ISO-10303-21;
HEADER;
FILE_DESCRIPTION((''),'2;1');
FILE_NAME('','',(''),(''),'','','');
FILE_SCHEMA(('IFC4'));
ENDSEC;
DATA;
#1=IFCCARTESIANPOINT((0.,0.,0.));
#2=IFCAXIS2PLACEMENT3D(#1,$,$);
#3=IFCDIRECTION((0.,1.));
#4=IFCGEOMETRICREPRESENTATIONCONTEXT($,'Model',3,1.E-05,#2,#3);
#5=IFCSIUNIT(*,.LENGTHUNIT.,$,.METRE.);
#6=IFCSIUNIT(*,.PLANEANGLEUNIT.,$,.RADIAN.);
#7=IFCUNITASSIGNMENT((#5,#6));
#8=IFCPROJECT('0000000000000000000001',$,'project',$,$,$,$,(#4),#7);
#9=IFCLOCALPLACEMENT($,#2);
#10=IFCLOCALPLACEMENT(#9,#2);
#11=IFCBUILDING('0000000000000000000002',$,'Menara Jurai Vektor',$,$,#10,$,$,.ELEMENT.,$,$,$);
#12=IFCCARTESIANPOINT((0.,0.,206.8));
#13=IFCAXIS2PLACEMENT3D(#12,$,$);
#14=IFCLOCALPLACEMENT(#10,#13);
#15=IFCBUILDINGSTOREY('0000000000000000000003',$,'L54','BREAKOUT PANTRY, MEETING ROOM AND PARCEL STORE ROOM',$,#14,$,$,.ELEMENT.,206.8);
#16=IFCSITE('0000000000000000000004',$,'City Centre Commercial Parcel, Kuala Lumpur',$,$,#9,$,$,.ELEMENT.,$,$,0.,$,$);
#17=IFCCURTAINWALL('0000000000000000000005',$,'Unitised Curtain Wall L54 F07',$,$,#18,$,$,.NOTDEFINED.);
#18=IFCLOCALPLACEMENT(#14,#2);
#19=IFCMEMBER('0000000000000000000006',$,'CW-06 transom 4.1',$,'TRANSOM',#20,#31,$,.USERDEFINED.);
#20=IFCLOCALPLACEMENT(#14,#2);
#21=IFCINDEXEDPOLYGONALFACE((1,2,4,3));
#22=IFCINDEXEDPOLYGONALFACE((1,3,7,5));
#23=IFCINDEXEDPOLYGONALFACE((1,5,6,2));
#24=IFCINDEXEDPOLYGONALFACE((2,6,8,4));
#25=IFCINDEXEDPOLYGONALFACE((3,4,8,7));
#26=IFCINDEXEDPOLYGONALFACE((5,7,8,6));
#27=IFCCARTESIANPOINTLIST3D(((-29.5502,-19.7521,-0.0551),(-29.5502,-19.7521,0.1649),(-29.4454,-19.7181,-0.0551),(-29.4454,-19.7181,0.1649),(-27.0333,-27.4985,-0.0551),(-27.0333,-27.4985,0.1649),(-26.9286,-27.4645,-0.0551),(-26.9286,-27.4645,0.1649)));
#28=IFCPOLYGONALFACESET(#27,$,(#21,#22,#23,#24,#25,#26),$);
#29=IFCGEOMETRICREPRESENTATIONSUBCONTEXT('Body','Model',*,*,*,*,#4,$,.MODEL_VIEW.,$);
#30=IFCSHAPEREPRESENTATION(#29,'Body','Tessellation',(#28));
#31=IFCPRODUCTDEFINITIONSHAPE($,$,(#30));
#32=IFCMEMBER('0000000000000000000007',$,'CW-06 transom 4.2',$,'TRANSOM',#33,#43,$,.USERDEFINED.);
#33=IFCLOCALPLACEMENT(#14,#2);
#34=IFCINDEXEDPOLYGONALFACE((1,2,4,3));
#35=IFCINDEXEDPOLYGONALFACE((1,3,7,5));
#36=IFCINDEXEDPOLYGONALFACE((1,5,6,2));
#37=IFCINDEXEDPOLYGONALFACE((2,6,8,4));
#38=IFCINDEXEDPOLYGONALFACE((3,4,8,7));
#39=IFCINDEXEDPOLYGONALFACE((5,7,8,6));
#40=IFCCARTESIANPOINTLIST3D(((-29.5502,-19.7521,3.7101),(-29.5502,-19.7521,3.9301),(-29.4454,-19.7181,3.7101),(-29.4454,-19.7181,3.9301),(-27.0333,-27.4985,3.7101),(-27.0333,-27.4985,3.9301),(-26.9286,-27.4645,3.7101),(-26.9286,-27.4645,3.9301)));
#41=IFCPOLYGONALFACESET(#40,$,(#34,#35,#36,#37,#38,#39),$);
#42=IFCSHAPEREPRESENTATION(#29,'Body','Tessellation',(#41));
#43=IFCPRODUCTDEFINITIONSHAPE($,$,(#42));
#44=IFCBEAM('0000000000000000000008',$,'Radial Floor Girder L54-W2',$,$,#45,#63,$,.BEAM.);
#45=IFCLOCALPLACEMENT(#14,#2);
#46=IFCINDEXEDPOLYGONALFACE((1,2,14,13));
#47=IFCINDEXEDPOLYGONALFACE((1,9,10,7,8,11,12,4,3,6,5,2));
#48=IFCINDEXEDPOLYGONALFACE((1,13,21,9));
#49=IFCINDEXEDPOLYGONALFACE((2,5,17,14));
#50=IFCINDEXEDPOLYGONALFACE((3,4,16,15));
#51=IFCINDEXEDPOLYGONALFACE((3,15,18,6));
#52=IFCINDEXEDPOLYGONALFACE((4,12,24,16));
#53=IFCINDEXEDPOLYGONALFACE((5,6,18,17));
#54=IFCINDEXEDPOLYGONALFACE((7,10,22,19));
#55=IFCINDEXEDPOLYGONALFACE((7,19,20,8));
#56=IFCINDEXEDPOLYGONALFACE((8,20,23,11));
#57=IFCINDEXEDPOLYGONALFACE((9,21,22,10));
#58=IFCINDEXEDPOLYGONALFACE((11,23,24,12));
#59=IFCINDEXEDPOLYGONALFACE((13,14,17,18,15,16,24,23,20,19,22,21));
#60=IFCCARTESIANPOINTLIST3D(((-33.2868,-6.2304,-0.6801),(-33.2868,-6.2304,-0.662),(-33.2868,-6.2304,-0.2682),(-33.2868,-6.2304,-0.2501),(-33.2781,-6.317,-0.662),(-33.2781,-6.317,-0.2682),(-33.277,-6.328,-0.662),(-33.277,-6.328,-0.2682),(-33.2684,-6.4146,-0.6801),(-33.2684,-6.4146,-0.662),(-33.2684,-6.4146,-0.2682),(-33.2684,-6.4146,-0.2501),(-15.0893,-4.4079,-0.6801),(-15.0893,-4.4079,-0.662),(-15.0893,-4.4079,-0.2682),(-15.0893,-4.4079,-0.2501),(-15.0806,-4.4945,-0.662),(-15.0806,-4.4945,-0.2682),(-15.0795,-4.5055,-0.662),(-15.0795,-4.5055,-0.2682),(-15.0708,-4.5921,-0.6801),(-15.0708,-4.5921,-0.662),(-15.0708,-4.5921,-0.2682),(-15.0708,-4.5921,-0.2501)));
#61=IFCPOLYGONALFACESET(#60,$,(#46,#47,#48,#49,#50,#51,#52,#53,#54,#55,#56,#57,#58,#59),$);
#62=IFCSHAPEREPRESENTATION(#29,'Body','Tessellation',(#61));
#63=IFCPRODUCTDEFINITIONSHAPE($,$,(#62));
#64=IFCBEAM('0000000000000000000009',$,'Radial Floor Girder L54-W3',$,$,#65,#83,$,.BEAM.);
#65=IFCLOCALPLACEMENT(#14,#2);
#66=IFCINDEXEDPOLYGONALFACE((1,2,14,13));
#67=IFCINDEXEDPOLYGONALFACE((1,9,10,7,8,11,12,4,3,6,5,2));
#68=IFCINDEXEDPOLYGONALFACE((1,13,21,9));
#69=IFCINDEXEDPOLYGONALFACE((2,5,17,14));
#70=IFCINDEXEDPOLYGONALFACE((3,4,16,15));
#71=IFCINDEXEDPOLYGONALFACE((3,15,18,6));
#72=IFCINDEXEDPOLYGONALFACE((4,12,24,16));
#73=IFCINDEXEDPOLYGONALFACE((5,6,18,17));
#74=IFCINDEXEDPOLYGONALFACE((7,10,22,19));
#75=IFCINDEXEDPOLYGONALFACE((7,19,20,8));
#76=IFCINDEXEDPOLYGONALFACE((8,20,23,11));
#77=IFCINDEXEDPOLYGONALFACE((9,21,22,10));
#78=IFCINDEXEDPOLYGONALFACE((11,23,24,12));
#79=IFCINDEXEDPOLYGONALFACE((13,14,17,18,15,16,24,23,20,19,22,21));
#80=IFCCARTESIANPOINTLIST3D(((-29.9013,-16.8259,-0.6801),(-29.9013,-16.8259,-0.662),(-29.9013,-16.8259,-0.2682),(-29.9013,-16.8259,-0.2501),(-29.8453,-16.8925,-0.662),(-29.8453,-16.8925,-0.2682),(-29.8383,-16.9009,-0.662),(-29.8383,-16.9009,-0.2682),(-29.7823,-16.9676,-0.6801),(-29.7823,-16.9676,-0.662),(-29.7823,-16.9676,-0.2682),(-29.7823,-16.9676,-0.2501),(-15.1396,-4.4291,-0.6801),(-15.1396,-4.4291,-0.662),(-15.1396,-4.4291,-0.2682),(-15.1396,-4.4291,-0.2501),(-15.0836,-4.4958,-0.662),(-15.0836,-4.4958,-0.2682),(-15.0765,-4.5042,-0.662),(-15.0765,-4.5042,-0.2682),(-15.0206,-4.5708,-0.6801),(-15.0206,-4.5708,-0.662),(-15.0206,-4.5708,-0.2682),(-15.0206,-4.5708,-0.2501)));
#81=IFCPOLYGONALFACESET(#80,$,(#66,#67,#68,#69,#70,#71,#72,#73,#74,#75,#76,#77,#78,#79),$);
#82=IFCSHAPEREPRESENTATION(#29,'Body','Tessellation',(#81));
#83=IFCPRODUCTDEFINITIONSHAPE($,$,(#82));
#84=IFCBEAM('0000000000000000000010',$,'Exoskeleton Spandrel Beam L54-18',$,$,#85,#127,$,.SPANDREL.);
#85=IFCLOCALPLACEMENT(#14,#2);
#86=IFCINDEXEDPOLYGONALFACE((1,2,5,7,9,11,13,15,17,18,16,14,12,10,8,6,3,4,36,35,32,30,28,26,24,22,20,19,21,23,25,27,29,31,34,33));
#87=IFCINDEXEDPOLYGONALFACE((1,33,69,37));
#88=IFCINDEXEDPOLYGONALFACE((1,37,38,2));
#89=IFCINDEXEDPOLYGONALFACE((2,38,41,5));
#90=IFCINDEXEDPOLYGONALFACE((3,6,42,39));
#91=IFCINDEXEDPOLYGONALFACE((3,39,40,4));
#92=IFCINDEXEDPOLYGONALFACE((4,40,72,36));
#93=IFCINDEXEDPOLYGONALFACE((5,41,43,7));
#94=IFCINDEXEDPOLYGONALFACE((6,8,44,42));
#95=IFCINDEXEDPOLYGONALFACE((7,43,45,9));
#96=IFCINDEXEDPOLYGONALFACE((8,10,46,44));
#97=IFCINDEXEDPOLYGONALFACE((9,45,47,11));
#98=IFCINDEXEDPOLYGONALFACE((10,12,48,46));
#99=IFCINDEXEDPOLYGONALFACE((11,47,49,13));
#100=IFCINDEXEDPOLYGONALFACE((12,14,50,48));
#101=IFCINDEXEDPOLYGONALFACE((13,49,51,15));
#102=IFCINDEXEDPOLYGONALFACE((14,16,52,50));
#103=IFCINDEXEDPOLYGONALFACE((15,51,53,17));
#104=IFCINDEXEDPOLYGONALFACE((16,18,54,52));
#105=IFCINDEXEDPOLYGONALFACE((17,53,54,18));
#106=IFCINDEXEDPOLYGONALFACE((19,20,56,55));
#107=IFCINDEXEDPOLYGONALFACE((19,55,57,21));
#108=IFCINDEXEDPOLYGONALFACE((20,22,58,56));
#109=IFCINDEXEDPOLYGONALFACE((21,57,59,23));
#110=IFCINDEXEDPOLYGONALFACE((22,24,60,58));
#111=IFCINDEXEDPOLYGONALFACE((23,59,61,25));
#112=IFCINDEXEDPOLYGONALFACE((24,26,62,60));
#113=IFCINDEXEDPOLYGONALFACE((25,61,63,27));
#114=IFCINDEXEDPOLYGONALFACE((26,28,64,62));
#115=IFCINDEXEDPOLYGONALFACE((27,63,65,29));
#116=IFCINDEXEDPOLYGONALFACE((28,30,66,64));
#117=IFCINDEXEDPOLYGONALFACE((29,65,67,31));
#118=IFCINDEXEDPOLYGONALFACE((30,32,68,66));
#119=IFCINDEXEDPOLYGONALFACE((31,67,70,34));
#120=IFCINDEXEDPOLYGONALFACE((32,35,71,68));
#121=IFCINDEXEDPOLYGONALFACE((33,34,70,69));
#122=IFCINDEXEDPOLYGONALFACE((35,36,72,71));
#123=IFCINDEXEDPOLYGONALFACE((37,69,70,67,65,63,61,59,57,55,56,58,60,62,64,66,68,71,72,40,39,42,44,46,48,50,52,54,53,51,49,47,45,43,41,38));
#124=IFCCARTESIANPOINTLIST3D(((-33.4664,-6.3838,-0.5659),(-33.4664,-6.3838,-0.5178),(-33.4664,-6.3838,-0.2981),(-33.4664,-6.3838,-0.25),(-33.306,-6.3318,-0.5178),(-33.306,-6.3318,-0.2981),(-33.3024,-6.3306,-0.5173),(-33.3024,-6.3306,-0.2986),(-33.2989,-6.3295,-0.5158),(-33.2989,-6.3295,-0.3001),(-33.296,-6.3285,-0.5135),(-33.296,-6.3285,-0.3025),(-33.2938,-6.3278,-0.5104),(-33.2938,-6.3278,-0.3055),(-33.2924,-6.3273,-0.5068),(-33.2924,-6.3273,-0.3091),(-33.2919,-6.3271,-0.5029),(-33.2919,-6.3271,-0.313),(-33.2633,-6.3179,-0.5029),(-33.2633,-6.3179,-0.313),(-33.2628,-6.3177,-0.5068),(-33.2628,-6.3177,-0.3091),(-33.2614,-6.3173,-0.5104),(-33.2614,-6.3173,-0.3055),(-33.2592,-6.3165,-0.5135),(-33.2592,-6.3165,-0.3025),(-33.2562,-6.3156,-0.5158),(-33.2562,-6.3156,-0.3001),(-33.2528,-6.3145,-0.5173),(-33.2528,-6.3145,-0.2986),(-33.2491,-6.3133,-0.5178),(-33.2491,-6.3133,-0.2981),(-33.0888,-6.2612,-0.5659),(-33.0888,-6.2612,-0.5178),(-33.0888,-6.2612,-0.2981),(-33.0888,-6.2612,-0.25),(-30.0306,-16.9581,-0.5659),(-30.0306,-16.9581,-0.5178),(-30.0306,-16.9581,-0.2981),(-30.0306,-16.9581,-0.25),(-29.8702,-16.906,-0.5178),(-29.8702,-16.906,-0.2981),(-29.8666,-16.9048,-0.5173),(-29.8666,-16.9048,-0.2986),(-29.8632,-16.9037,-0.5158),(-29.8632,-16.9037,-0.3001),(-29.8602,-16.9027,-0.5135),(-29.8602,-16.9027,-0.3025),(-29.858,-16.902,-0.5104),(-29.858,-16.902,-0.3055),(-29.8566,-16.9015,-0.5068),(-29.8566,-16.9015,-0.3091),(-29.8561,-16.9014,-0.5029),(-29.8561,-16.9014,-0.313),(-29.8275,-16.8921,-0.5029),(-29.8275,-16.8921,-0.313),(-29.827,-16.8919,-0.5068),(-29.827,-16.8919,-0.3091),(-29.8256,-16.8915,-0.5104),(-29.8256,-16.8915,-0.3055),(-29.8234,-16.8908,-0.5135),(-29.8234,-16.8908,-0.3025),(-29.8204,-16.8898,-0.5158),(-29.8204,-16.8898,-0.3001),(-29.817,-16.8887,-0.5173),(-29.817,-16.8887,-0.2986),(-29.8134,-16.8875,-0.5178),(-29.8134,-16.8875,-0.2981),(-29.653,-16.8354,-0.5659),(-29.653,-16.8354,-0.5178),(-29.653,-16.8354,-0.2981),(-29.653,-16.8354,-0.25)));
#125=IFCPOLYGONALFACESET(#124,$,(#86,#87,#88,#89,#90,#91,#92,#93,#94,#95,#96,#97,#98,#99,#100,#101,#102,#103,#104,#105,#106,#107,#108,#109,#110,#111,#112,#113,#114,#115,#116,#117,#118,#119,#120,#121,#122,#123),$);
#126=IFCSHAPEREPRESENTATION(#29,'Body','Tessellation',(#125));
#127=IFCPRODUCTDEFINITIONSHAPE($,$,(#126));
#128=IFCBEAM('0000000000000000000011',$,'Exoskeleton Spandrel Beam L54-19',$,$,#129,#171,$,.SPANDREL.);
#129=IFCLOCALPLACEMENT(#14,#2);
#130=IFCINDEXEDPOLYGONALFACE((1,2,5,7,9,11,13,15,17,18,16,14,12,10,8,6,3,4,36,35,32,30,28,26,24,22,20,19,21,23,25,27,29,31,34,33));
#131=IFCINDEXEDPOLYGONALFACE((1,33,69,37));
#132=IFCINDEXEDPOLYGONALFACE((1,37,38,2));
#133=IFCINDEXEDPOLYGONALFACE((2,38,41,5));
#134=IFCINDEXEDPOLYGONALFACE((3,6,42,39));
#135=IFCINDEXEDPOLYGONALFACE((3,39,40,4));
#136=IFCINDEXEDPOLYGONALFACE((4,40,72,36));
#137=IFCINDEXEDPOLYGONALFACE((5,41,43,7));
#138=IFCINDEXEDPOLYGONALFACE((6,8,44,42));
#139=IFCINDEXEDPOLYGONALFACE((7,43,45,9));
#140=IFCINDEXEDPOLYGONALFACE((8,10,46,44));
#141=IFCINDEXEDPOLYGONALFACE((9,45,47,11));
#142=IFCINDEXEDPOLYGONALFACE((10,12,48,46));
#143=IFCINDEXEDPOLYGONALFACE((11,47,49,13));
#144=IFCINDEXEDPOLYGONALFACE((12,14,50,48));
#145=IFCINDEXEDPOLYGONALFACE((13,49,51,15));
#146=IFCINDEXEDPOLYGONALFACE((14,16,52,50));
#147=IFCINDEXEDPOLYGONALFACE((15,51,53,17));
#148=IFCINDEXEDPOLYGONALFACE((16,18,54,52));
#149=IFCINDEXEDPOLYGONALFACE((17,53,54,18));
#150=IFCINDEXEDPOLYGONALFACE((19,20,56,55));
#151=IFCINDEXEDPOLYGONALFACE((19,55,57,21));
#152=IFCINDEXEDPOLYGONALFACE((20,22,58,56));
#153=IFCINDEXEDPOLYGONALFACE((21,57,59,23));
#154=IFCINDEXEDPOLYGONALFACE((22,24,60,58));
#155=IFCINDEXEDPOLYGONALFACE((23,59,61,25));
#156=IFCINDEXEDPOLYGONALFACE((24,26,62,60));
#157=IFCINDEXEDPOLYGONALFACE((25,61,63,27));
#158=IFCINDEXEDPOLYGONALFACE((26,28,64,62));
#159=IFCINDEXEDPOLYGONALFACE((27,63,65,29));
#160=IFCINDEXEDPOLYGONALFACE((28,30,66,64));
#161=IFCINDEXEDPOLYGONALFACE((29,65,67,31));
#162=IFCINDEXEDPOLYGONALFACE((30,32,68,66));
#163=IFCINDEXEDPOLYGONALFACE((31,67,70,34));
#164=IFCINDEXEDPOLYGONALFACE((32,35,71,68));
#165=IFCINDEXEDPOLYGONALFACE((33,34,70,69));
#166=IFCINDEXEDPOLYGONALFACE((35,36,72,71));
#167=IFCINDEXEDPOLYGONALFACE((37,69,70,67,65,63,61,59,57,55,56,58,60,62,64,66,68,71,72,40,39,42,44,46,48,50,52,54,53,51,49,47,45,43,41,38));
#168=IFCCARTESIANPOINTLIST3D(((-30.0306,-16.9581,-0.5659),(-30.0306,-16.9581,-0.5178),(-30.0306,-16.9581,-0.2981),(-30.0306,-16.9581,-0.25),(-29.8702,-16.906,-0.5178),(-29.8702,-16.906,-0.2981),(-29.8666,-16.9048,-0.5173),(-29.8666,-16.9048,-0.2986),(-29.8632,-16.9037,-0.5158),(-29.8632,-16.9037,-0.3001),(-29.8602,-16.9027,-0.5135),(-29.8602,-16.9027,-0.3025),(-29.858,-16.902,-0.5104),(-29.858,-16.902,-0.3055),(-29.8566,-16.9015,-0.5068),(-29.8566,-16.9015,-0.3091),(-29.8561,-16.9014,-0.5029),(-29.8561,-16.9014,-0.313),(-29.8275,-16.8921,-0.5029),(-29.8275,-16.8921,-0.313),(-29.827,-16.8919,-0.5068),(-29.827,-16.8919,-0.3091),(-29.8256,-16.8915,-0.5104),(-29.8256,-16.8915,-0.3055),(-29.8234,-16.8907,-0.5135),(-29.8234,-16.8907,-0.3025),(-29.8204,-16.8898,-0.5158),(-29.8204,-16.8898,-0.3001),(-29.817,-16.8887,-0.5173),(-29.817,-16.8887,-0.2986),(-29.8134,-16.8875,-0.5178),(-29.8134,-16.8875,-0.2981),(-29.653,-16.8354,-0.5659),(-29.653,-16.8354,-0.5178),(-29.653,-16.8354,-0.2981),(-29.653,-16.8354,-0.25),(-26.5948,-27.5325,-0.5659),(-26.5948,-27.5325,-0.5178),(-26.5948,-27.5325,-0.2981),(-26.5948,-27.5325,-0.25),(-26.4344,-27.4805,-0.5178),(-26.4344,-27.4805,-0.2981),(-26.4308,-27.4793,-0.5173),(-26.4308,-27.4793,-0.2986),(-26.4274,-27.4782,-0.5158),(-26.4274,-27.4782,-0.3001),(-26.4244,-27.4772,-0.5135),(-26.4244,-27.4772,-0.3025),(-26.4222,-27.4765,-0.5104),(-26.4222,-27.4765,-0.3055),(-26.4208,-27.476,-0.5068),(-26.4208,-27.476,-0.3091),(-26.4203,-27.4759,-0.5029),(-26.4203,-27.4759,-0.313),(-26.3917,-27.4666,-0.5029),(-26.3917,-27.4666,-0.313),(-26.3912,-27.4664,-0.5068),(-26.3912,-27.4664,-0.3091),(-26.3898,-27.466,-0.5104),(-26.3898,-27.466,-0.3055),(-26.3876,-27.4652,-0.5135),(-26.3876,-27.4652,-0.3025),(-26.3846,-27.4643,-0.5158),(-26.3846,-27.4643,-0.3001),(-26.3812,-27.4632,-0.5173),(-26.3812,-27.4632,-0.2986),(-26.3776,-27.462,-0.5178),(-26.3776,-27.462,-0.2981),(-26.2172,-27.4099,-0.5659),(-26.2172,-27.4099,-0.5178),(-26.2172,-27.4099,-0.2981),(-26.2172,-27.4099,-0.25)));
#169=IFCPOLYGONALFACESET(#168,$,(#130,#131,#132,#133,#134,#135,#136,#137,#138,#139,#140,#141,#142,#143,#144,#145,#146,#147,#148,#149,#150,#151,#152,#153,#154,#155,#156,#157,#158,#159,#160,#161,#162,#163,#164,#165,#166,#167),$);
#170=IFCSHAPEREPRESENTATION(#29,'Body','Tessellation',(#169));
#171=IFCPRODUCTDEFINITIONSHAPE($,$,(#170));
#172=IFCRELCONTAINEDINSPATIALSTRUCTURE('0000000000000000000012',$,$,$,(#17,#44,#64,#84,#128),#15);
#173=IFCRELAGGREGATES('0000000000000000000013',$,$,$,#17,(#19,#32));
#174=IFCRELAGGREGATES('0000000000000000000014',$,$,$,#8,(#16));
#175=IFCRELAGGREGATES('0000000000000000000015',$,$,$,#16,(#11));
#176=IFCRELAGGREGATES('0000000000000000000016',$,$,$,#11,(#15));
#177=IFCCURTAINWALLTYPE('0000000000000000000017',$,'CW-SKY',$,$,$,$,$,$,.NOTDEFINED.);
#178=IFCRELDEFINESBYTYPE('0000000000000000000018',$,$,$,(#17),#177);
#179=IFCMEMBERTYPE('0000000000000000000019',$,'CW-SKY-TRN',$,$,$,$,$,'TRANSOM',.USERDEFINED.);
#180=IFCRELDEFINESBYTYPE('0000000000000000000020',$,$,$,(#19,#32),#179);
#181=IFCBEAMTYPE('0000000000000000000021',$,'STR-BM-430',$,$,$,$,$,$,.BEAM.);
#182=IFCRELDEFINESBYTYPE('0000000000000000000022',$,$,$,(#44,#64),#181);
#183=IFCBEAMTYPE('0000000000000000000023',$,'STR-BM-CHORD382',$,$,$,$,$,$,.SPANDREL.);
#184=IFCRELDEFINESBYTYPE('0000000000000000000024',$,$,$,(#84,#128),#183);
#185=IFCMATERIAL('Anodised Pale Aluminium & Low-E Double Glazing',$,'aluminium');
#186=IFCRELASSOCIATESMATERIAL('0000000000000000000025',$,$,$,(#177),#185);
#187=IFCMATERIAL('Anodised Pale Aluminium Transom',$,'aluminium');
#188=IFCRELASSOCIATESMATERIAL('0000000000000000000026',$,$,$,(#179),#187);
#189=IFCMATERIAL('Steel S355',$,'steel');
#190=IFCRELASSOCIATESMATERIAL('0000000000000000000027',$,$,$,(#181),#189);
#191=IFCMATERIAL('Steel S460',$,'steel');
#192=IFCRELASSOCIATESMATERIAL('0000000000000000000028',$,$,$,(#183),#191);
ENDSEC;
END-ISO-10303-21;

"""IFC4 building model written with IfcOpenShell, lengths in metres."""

from ifc_helpers import new_model, si_unit, direction, frame, origin, origin_2d, place, context, subcontext, project, spatial, rectangle, i_section, extrude, material, material_profile, profile_set, type_object, element, aggregate, save


model = new_model("IFC4")

# Units and contexts
model_context = context("Model", 3, precision=1e-05, world=origin(), true_north=direction((0.0, 1.0)))
body_context = subcontext(model_context, "Body", "Model", "MODEL_VIEW")
ifc_project = project(units=[si_unit("LENGTHUNIT", "METRE"), si_unit("PLANEANGLEUNIT", "RADIAN")], contexts=[model_context])

# Site, building, storey
site_placement = place(None, origin())
site = spatial("IfcSite", under=ifc_project, at=site_placement, Name="City Centre Commercial Parcel, Kuala Lumpur", CompositionType="ELEMENT", RefElevation=0.0)
building_placement = place(site_placement, origin())
building = spatial("IfcBuilding", under=site, at=building_placement, Name="Menara Jurai Vektor", CompositionType="ELEMENT")
storey_placement = place(building_placement, frame((0.0, 0.0, 206.8)))
storey = spatial("IfcBuildingStorey", under=building, at=storey_placement, Name="L54", Description="BREAKOUT PANTRY, MEETING ROOM AND PARCEL STORE ROOM", CompositionType="ELEMENT", Elevation=206.8)

# Shared definitions
ifc_material_1 = material(Name="Steel S460", Category="steel")

# Curtain wall, members
ifc_material_2 = material(Name="Anodised Pale Aluminium & Low-E Double Glazing", Category="aluminium")
curtain_wall_type = type_object("IfcCurtainWallType", Name="CW-SKY", PredefinedType="NOTDEFINED", material=ifc_material_2)
curtain_wall_placement = place(storey_placement, origin())
curtain_wall = element("IfcCurtainWall", 1, at=curtain_wall_placement, inside=storey, type_object=curtain_wall_type, Name="Unitised Curtain Wall L54 F07", PredefinedType="NOTDEFINED")
ifc_material_3 = material(Name="Anodised Pale Aluminium Transom", Category="aluminium")
ifc_material_profile_1 = material_profile(ifc_material_3, rectangle(XDim=0.1101, YDim=0.22, at=origin_2d()), Name="ALU TRN 110x220")
ifc_profile_set_1 = profile_set([ifc_material_profile_1], Name="Anodised Pale Aluminium Transom")
member_type_1 = type_object("IfcMemberType", Name="CW-SKY-TRN", ElementType="TRANSOM", PredefinedType="USERDEFINED", material=ifc_profile_set_1)
member_1_placement = place(storey_placement, frame((-29.4978, -19.7351, 0.0549), z_axis=(0.309007, -0.95106, 0.0), x_axis=(0.95106, 0.309007, 0.0)))
member_1 = element("IfcMember", 2, at=member_1_placement, type_object=member_type_1, Name="CW-06 transom 4.1", ObjectType="TRANSOM", PredefinedType="USERDEFINED", context=body_context, shape_type="SweptSolid", body=[
    extrude(rectangle(XDim=0.1101, YDim=0.22, at=origin_2d()), origin(), (0.0, 0.0, 1.0), 8.145),
])
member_2_placement = place(storey_placement, frame((-29.4978, -19.7351, 3.8201), z_axis=(0.309007, -0.95106, 0.0), x_axis=(0.95106, 0.309007, 0.0)))
member_2 = element("IfcMember", 3, at=member_2_placement, type_object=member_type_1, Name="CW-06 transom 4.2", ObjectType="TRANSOM", PredefinedType="USERDEFINED", context=body_context, shape_type="SweptSolid", body=[
    extrude(rectangle(XDim=0.1101, YDim=0.22, at=origin_2d()), origin(), (0.0, 0.0, 1.0), 8.145),
])

# Beams
ifc_material_4 = material(Name="Steel S355", Category="steel")
ifc_material_profile_2 = material_profile(ifc_material_4, i_section(OverallWidth=0.1851, OverallDepth=0.4299, WebThickness=0.011, FlangeThickness=0.0181, at=origin_2d()), Name="PG 430x185x76")
ifc_profile_set_2 = profile_set([ifc_material_profile_2], Name="Steel S355")
beam_type_1 = type_object("IfcBeamType", Name="STR-BM-430", PredefinedType="BEAM", material=ifc_profile_set_2)
beam_1_placement = place(storey_placement, frame((-33.2776, -6.3225, -0.4651), z_axis=(0.995022, 0.099653, 0.0), x_axis=(-0.099653, 0.995022, 0.0)))
element("IfcBeam", 4, at=beam_1_placement, inside=storey, type_object=beam_type_1, Name="Radial Floor Girder L54-W2", PredefinedType="BEAM", context=body_context, shape_type="SweptSolid", body=[
    extrude(i_section(OverallWidth=0.1851, OverallDepth=0.4299, WebThickness=0.011, FlangeThickness=0.0181, at=origin_2d()), origin(), (0.0, 0.0, 1.0), 18.2886),
])
beam_2_placement = place(storey_placement, frame((-29.8418, -16.8967, -0.4651), z_axis=(0.765784, 0.643097, 0.0), x_axis=(-0.643097, 0.765784, 0.0)))
element("IfcBeam", 5, at=beam_2_placement, inside=storey, type_object=beam_type_1, Name="Radial Floor Girder L54-W3", PredefinedType="BEAM", context=body_context, shape_type="SweptSolid", body=[
    extrude(i_section(OverallWidth=0.1851, OverallDepth=0.4299, WebThickness=0.011, FlangeThickness=0.0181, at=origin_2d()), origin(), (0.0, 0.0, 1.0), 19.2766),
])
ifc_material_profile_3 = material_profile(ifc_material_1, i_section(OverallWidth=0.397, OverallDepth=0.3159, WebThickness=0.03, FlangeThickness=0.0481, FilletRadius=0.0149, at=origin_2d()), Name="HD 400x382")
ifc_profile_set_3 = profile_set([ifc_material_profile_3], Name="Steel S460")
beam_type_2 = type_object("IfcBeamType", Name="STR-BM-CHORD382", PredefinedType="SPANDREL", material=ifc_profile_set_3)
beam_3_placement = place(storey_placement, frame((-33.2776, -6.3225, -0.408), z_axis=(0.309019, -0.951056, 0.0), x_axis=(0.951056, 0.309019, 0.0)))
element("IfcBeam", 6, at=beam_3_placement, inside=storey, type_object=beam_type_2, Name="Exoskeleton Spandrel Beam L54-18", PredefinedType="SPANDREL", context=body_context, shape_type="SweptSolid", body=[
    extrude(i_section(OverallWidth=0.397, OverallDepth=0.3159, WebThickness=0.03, FlangeThickness=0.0481, FilletRadius=0.0149, at=origin_2d()), origin(), (0.0, 0.0, 1.0), 11.1184),
])
beam_4_placement = place(storey_placement, frame((-29.8418, -16.8967, -0.408), z_axis=(0.309012, -0.951058, 0.0), x_axis=(0.951058, 0.309012, 0.0)))
element("IfcBeam", 7, at=beam_4_placement, inside=storey, type_object=beam_type_2, Name="Exoskeleton Spandrel Beam L54-19", PredefinedType="SPANDREL", context=body_context, shape_type="SweptSolid", body=[
    extrude(i_section(OverallWidth=0.397, OverallDepth=0.3159, WebThickness=0.03, FlangeThickness=0.0481, FilletRadius=0.0149, at=origin_2d()), origin(), (0.0, 0.0, 1.0), 11.1187),
])

aggregate(curtain_wall, [member_1, member_2])

save(model, "model.ifc")
